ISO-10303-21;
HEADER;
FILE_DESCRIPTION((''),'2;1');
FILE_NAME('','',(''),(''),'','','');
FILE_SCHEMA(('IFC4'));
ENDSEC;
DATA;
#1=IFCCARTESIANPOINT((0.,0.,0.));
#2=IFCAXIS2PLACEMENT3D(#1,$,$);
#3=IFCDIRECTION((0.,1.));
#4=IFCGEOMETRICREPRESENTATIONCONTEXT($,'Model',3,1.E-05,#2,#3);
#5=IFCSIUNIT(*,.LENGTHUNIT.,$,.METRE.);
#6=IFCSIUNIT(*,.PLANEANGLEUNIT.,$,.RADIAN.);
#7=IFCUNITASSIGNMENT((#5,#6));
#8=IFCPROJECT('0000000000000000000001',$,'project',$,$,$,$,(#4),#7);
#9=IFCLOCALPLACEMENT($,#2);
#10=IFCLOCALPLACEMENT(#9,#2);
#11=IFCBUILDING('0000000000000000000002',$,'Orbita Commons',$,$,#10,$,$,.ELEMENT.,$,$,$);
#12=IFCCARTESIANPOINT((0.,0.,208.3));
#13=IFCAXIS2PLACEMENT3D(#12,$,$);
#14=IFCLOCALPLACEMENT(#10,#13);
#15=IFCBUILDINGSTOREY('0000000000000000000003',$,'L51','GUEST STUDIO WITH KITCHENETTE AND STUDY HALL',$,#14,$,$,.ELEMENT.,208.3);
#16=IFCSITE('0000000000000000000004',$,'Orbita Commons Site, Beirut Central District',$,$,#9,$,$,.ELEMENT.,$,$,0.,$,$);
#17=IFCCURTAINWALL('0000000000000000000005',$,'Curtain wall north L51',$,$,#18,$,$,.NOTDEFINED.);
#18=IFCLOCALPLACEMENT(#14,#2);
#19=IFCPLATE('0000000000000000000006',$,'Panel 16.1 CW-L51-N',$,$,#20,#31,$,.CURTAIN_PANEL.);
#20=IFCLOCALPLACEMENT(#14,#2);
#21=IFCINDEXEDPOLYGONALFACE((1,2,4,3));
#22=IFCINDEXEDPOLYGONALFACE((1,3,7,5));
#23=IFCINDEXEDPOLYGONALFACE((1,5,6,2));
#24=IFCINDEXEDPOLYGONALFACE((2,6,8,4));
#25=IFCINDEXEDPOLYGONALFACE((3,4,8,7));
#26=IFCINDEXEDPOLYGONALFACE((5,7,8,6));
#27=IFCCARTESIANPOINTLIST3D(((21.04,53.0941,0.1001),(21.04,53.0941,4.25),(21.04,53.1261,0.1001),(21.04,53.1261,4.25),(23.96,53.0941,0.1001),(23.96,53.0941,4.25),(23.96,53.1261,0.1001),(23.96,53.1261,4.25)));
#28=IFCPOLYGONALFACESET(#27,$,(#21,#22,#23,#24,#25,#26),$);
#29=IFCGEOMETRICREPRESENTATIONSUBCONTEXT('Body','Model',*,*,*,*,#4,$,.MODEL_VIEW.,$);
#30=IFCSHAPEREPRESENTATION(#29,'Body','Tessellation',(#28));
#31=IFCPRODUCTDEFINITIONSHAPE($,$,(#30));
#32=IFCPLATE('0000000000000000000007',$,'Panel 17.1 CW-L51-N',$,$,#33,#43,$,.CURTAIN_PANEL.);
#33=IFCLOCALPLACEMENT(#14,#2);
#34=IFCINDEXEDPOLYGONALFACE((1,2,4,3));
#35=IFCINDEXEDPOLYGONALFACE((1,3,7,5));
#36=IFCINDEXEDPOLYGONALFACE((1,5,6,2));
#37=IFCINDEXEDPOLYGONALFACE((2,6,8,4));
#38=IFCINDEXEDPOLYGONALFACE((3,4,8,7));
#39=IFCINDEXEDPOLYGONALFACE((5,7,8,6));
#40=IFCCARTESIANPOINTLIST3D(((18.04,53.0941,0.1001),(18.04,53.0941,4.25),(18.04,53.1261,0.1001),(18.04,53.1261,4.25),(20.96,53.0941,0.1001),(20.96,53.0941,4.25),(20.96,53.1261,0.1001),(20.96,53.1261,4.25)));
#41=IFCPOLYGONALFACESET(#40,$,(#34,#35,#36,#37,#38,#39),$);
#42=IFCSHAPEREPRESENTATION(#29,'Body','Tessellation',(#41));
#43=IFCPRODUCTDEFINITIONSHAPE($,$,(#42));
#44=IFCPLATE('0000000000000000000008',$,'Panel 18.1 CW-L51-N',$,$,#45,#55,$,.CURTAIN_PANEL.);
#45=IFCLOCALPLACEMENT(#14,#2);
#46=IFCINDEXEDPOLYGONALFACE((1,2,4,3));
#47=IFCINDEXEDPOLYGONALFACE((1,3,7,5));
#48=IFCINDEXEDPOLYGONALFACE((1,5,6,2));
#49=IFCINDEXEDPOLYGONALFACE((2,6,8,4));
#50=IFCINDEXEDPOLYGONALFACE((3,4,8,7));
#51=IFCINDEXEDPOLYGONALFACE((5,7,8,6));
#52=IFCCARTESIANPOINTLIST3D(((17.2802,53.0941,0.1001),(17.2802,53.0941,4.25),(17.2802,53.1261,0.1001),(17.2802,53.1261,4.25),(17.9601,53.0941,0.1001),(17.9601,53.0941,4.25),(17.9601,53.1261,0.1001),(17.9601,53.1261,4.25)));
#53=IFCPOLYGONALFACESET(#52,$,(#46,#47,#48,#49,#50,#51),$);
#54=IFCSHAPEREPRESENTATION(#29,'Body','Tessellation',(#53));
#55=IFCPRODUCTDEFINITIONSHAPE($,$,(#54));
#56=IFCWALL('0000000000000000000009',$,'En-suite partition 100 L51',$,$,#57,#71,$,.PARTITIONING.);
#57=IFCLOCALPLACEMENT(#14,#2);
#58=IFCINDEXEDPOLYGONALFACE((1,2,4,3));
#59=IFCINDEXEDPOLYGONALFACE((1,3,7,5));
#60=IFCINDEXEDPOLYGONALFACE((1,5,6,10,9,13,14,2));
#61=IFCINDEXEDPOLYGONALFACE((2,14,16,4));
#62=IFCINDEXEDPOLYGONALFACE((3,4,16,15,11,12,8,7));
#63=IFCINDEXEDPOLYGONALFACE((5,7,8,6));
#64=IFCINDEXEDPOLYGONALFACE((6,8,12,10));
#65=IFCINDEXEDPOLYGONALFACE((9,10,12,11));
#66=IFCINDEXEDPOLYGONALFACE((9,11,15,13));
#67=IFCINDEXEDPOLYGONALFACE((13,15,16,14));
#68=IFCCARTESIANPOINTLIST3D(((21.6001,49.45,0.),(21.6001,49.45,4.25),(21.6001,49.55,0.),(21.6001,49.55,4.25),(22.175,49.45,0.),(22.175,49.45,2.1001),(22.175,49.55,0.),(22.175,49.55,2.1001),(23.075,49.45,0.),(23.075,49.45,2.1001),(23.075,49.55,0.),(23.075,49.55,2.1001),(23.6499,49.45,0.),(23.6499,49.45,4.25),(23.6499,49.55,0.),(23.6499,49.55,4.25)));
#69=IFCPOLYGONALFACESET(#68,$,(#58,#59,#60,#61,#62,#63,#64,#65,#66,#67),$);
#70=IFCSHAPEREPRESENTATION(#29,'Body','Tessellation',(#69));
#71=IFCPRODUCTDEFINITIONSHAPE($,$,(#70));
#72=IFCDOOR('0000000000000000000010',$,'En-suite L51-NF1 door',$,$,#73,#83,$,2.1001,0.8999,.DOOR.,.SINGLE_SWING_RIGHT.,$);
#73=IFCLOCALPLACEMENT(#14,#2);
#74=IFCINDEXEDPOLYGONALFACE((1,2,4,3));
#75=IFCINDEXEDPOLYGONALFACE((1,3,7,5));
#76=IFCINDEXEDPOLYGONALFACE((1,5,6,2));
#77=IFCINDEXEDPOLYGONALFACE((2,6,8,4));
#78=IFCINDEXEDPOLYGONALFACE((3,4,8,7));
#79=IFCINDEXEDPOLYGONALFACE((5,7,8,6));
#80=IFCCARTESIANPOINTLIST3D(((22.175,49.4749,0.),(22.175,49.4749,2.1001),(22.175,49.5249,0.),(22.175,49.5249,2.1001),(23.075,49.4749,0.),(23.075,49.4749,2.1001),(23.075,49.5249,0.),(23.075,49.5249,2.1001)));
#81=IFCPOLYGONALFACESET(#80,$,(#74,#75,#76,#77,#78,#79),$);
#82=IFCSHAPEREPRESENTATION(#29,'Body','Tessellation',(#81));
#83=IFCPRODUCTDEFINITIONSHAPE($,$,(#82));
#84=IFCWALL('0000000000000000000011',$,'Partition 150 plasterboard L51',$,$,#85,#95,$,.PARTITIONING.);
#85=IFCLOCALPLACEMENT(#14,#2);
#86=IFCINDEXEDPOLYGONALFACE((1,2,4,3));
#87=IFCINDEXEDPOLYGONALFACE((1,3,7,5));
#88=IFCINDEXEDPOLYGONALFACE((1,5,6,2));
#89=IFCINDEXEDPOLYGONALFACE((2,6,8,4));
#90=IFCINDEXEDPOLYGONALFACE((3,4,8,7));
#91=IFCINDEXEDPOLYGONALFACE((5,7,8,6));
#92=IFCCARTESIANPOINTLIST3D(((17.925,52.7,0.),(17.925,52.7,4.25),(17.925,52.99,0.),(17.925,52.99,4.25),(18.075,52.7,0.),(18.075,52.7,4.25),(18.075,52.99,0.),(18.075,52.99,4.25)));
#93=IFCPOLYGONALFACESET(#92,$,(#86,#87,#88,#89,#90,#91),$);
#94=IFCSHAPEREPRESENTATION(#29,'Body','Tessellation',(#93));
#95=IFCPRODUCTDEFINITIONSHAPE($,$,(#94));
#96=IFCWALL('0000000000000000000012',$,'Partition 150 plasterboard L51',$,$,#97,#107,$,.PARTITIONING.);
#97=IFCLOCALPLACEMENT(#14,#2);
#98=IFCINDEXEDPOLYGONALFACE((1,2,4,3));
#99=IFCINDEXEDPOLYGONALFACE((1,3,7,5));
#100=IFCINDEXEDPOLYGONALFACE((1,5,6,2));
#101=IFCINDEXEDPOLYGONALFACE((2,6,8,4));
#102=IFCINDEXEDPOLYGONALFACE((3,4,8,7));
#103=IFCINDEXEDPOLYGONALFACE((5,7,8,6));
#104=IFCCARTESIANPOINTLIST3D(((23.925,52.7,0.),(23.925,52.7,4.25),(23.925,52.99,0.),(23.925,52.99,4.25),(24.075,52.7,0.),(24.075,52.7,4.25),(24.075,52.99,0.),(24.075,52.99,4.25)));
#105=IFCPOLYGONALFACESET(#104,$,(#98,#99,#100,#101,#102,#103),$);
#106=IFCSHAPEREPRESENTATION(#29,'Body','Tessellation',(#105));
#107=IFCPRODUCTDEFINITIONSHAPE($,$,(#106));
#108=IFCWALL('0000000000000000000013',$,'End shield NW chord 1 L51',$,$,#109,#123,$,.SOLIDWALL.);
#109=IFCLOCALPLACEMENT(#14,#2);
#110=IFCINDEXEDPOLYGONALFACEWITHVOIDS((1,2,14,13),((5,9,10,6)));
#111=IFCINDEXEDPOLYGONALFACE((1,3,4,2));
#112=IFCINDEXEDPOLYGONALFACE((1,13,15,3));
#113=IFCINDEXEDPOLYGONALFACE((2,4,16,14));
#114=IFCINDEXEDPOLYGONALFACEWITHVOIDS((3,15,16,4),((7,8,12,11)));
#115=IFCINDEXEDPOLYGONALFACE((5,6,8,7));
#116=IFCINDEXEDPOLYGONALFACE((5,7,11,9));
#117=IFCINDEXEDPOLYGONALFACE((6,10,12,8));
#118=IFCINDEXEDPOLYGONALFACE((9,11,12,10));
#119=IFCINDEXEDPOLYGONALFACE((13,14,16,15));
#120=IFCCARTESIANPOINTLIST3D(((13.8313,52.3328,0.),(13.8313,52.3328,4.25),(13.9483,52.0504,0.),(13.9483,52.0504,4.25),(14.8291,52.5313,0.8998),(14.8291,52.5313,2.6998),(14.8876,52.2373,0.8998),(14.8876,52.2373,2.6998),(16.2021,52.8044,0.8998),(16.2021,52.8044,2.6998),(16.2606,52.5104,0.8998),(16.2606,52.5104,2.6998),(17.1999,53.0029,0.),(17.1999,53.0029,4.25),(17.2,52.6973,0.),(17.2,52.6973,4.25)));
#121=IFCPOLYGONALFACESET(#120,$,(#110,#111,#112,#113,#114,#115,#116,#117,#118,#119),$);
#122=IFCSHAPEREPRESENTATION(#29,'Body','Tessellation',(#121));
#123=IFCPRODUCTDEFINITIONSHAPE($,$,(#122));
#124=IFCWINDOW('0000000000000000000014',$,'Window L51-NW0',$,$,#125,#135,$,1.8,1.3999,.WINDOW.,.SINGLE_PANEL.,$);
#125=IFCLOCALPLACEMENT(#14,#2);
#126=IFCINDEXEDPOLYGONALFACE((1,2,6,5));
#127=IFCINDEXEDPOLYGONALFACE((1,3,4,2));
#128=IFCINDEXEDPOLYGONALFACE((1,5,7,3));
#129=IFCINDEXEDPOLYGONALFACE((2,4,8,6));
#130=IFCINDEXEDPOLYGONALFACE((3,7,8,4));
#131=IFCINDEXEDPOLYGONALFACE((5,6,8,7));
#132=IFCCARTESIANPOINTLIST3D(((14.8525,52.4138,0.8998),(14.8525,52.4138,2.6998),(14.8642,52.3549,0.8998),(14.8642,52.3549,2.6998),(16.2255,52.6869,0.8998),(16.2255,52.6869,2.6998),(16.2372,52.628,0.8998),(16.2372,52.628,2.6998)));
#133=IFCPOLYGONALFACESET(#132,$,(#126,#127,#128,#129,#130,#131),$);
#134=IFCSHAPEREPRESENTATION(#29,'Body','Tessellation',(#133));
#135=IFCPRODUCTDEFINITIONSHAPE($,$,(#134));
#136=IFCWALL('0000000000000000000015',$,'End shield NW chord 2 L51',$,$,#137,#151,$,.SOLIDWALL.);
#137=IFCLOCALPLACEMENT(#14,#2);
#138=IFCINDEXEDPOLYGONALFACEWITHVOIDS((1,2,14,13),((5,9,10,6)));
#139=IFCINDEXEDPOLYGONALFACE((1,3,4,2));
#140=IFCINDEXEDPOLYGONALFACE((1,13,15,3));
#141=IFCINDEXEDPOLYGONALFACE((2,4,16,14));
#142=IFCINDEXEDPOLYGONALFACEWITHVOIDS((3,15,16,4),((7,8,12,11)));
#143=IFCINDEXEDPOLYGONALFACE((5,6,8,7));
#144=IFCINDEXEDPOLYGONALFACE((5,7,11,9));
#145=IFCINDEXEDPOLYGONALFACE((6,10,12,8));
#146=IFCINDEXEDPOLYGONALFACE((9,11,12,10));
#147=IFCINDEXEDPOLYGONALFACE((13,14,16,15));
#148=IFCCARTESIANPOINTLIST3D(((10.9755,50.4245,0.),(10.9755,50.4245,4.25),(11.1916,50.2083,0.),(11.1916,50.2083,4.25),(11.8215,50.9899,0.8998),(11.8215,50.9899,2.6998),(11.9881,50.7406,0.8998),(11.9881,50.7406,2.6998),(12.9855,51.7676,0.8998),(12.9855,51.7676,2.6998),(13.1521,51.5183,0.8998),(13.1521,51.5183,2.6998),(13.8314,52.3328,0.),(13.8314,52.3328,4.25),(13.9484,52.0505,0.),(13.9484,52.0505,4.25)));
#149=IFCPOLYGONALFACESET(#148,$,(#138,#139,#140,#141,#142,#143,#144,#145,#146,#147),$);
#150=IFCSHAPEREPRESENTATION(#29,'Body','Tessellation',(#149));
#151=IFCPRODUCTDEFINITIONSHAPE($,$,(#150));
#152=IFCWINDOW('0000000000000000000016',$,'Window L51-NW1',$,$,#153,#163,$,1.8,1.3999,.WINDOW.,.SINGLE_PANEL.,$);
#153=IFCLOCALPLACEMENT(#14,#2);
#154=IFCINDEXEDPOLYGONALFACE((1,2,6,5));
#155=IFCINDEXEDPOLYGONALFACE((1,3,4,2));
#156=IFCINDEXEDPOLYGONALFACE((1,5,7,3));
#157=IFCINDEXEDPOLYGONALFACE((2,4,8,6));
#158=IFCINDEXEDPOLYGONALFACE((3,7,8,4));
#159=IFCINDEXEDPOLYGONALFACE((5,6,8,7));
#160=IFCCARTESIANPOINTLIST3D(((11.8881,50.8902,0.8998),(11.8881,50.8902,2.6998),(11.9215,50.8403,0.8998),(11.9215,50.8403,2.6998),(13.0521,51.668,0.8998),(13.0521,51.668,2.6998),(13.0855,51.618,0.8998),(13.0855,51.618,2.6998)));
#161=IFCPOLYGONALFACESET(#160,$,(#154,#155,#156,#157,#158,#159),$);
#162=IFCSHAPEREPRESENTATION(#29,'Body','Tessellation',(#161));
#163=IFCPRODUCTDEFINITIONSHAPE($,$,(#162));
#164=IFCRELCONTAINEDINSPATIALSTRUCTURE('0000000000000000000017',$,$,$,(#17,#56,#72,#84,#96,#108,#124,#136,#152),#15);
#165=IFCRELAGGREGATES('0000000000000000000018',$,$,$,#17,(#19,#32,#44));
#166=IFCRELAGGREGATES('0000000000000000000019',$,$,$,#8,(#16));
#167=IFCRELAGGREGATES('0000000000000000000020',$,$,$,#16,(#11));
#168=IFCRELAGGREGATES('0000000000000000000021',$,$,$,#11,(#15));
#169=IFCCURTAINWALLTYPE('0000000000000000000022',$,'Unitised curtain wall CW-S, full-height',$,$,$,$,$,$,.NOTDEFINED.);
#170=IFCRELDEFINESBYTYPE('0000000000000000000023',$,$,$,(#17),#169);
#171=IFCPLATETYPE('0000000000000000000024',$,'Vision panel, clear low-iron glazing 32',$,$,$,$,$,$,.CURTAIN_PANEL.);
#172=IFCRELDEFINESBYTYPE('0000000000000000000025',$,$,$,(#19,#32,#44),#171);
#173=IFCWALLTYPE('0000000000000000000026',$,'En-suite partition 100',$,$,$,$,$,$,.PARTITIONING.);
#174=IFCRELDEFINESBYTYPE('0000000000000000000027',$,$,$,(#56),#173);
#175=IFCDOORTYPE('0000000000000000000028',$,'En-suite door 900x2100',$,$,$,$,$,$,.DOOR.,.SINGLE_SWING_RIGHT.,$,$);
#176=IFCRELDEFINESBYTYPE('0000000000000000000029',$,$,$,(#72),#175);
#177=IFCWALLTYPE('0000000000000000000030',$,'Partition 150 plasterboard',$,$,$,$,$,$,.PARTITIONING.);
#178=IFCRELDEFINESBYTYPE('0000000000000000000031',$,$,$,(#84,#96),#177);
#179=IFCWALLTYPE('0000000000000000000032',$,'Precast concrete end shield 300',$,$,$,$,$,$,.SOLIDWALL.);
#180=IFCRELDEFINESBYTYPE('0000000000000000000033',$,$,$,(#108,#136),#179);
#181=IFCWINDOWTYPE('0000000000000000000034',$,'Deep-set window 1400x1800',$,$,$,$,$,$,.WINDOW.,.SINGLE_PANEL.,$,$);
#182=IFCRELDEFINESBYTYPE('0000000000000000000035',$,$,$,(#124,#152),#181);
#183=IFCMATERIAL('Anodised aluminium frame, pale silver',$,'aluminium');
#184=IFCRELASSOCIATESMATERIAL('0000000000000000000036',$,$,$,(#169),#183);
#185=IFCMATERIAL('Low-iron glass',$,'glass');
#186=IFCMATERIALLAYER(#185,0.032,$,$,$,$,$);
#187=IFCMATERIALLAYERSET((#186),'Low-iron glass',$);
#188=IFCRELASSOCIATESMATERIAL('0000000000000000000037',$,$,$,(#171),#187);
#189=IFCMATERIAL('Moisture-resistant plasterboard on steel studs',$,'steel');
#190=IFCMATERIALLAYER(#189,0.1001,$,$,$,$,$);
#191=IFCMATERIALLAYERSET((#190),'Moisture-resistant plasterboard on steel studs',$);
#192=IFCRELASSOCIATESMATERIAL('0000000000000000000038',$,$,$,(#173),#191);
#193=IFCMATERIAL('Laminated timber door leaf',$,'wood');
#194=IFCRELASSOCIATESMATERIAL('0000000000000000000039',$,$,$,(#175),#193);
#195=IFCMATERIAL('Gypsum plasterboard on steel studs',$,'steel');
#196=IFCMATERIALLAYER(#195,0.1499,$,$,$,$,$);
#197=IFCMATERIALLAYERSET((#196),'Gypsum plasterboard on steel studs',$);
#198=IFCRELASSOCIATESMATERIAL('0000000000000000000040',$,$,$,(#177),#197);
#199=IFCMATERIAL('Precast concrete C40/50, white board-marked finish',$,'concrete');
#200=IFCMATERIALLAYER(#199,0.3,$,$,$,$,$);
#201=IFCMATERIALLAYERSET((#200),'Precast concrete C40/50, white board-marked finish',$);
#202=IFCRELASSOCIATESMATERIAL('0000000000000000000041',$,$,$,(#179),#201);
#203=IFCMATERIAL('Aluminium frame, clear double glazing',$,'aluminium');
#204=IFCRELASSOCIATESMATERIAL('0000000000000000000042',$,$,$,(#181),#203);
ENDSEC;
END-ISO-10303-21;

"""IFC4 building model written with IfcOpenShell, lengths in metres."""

from ifc_helpers import new_model, si_unit, direction, frame, frame_2d, origin, origin_2d, place, context, subcontext, project, spatial, polyline, rectangle, outline, extrude, material, layer, layer_set, type_object, element, fill, aggregate, save


model = new_model("IFC4")

# Units and contexts
model_context = context("Model", 3, precision=1e-05, world=origin(), true_north=direction((0.0, 1.0)))
body_context = subcontext(model_context, "Body", "Model", "MODEL_VIEW")
ifc_project = project(units=[si_unit("LENGTHUNIT", "METRE"), si_unit("PLANEANGLEUNIT", "RADIAN")], contexts=[model_context])

# Site, building, storey
site_placement = place(None, origin())
site = spatial("IfcSite", under=ifc_project, at=site_placement, Name="Orbita Commons Site, Beirut Central District", CompositionType="ELEMENT", RefElevation=0.0)
building_placement = place(site_placement, origin())
building = spatial("IfcBuilding", under=site, at=building_placement, Name="Orbita Commons", CompositionType="ELEMENT")
storey_placement = place(building_placement, frame((0.0, 0.0, 208.3)))
storey = spatial("IfcBuildingStorey", under=building, at=storey_placement, Name="L51", Description="GUEST STUDIO WITH KITCHENETTE AND STUDY HALL", CompositionType="ELEMENT", Elevation=208.3)

# Curtain wall
ifc_material_1 = material(Name="Anodised aluminium frame, pale silver", Category="aluminium")
curtain_wall_type = type_object("IfcCurtainWallType", Name="Unitised curtain wall CW-S, full-height", PredefinedType="NOTDEFINED", material=ifc_material_1)
curtain_wall_placement = place(storey_placement, origin())
curtain_wall = element("IfcCurtainWall", 1, at=curtain_wall_placement, inside=storey, type_object=curtain_wall_type, Name="Curtain wall north L51", PredefinedType="NOTDEFINED")

# Plates
ifc_material_2 = material(Name="Low-iron glass", Category="glass")
ifc_layer_1 = layer(ifc_material_2, 0.032)
ifc_layer_set_1 = layer_set([ifc_layer_1], Name="Low-iron glass")
plate_type = type_object("IfcPlateType", Name="Vision panel, clear low-iron glazing 32", PredefinedType="CURTAIN_PANEL", material=ifc_layer_set_1)
plate_1_placement = place(storey_placement, frame((22.5, 53.1101, 0.1001), z_axis=(0.0, 0.0, 1.0), x_axis=(-1.0, 0.0, 0.0)))
plate_1 = element("IfcPlate", 2, at=plate_1_placement, type_object=plate_type, Name="Panel 16.1 CW-L51-N", PredefinedType="CURTAIN_PANEL", context=body_context, shape_type="SweptSolid", body=[
    extrude(rectangle(XDim=2.9199, YDim=0.032, at=origin_2d()), origin(), (0.0, 0.0, 1.0), 4.1499),
])
plate_2_placement = place(storey_placement, frame((19.5, 53.1101, 0.1001), z_axis=(0.0, 0.0, 1.0), x_axis=(-1.0, 0.0, 0.0)))
plate_2 = element("IfcPlate", 3, at=plate_2_placement, type_object=plate_type, Name="Panel 17.1 CW-L51-N", PredefinedType="CURTAIN_PANEL", context=body_context, shape_type="SweptSolid", body=[
    extrude(rectangle(XDim=2.9199, YDim=0.032, at=origin_2d()), origin(), (0.0, 0.0, 1.0), 4.1499),
])
plate_3_placement = place(storey_placement, frame((17.6201, 53.1101, 0.1001), z_axis=(0.0, 0.0, 1.0), x_axis=(-1.0, 0.0, 0.0)))
plate_3 = element("IfcPlate", 4, at=plate_3_placement, type_object=plate_type, Name="Panel 18.1 CW-L51-N", PredefinedType="CURTAIN_PANEL", context=body_context, shape_type="SweptSolid", body=[
    extrude(rectangle(XDim=0.6799, YDim=0.032, at=origin_2d()), origin(), (0.0, 0.0, 1.0), 4.1499),
])
aggregate(curtain_wall, [plate_1, plate_2, plate_3])

# Wall, opening, door
ifc_material_3 = material(Name="Moisture-resistant plasterboard on steel studs", Category="steel")
ifc_layer_2 = layer(ifc_material_3, 0.1001)
ifc_layer_set_2 = layer_set([ifc_layer_2], Name="Moisture-resistant plasterboard on steel studs")
wall_type_1 = type_object("IfcWallType", Name="En-suite partition 100", PredefinedType="PARTITIONING", material=ifc_layer_set_2)
wall_1_placement = place(storey_placement, frame((21.6001, 49.5, 0.0), z_axis=(0.0, 0.0, 1.0), x_axis=(1.0, 0.0, 0.0)))
wall_1 = element("IfcWall", 5, at=wall_1_placement, inside=storey, type_object=wall_type_1, Name="En-suite partition 100 L51", PredefinedType="PARTITIONING", context=body_context, shape_type="SweptSolid", body=[
    extrude(rectangle(XDim=2.0498, YDim=0.1001, at=frame_2d((1.0249, 0.0))), origin(), (0.0, 0.0, 1.0), 4.25),
])
opening_1_placement = place(wall_1_placement, frame((0.575, 0.0, 0.0)))
opening_1 = element("IfcOpeningElement", 6, at=opening_1_placement, cuts=wall_1, PredefinedType="OPENING", context=body_context, shape_type="SweptSolid", body=[
    extrude(rectangle(XDim=0.8999, YDim=2.1001, at=frame_2d((0.45, 1.05))), frame((0.0, 0.0601, 0.0), z_axis=(0.0, -1.0, 0.0), x_axis=(1.0, 0.0, 0.0)), (0.0, 0.0, 1.0), 0.1201),
])
ifc_material_4 = material(Name="Laminated timber door leaf", Category="wood")
door_type = type_object("IfcDoorType", Name="En-suite door 900x2100", OperationType="SINGLE_SWING_RIGHT", PredefinedType="DOOR", material=ifc_material_4)
door_placement = place(opening_1_placement, origin())
door = element("IfcDoor", 7, at=door_placement, inside=storey, type_object=door_type, Name="En-suite L51-NF1 door", OperationType="SINGLE_SWING_RIGHT", OverallHeight=2.1001, OverallWidth=0.8999, PredefinedType="DOOR", context=body_context, shape_type="SweptSolid", body=[
    extrude(rectangle(XDim=0.8999, YDim=2.1001, at=frame_2d((0.45, 1.05))), frame((0.0, 0.0249, 0.0), z_axis=(0.0, -1.0, 0.0), x_axis=(1.0, 0.0, 0.0)), (0.0, 0.0, 1.0), 0.05),
])
fill(opening_1, door)

# Walls
ifc_material_5 = material(Name="Gypsum plasterboard on steel studs", Category="steel")
ifc_layer_3 = layer(ifc_material_5, 0.1499)
ifc_layer_set_3 = layer_set([ifc_layer_3], Name="Gypsum plasterboard on steel studs")
wall_type_2 = type_object("IfcWallType", Name="Partition 150 plasterboard", PredefinedType="PARTITIONING", material=ifc_layer_set_3)
for number, where, z_axis, x_axis, name in (
    (8, (18.0, 52.7, 0.0), (0.0, 0.0, 1.0), (0.0, 1.0, 0.0), "Partition 150 plasterboard L51"),
    (9, (24.0, 52.7, 0.0), (0.0, 0.0, 1.0), (0.0, 1.0, 0.0), "Partition 150 plasterboard L51"),
):
    element("IfcWall", number, at=place(storey_placement, frame(where, z_axis=z_axis, x_axis=x_axis)), inside=storey, type_object=wall_type_2, Name=name, PredefinedType="PARTITIONING", context=body_context, shape_type="SweptSolid", body=[
        extrude(rectangle(XDim=0.29, YDim=0.1499, at=frame_2d((0.145, 0.0))), origin(), (0.0, 0.0, 1.0), 4.25),
    ])

# Walls, openings, windows
ifc_material_6 = material(Name="Precast concrete C40/50, white board-marked finish", Category="concrete")
ifc_layer_4 = layer(ifc_material_6, 0.3)
ifc_layer_set_4 = layer_set([ifc_layer_4], Name="Precast concrete C40/50, white board-marked finish")
wall_type_3 = type_object("IfcWallType", Name="Precast concrete end shield 300", PredefinedType="SOLIDWALL", material=ifc_layer_set_4)
wall_2_placement = place(storey_placement, frame((17.2, 52.8501, 0.0), z_axis=(0.0, 0.0, 1.0), x_axis=(-0.980783, -0.1951, 0.0)))
wall_2 = element("IfcWall", 10, at=wall_2_placement, inside=storey, type_object=wall_type_3, Name="End shield NW chord 1 L51", PredefinedType="SOLIDWALL", context=body_context, shape_type="SweptSolid", body=[
    extrude(outline(polyline([(-0.0298, -0.1499), (3.4048, -0.1499), (3.3452, 0.1499), (0.0298, 0.1499), (-0.0298, -0.1499)])), origin(), (0.0, 0.0, 1.0), 4.25),
])
opening_2_placement = place(wall_2_placement, frame((0.9875, 0.0, 0.8999)))
opening_2 = element("IfcOpeningElement", 11, at=opening_2_placement, cuts=wall_2, PredefinedType="OPENING", context=body_context, shape_type="SweptSolid", body=[
    extrude(rectangle(XDim=1.3999, YDim=1.8, at=frame_2d((0.7, 0.8999))), frame((0.0, 0.1599, 0.0), z_axis=(0.0, -1.0, 0.0), x_axis=(1.0, 0.0, 0.0)), (0.0, 0.0, 1.0), 0.3201),
])
ifc_material_7 = material(Name="Aluminium frame, clear double glazing", Category="aluminium")
window_type = type_object("IfcWindowType", Name="Deep-set window 1400x1800", PartitioningType="SINGLE_PANEL", PredefinedType="WINDOW", material=ifc_material_7)
window_1_placement = place(opening_2_placement, origin())
window_1 = element("IfcWindow", 12, at=window_1_placement, inside=storey, type_object=window_type, Name="Window L51-NW0", OverallHeight=1.8, OverallWidth=1.3999, PartitioningType="SINGLE_PANEL", PredefinedType="WINDOW", context=body_context, shape_type="SweptSolid", body=[
    extrude(rectangle(XDim=1.3999, YDim=1.8, at=frame_2d((0.7, 0.8999))), frame((0.0, 0.03, 0.0), z_axis=(0.0, -1.0, 0.0), x_axis=(1.0, 0.0, 0.0)), (0.0, 0.0, 1.0), 0.0601),
])
fill(opening_2, window_1)
wall_3_placement = place(storey_placement, frame((13.8899, 52.1917, 0.0), z_axis=(0.0, 0.0, 1.0), x_axis=(-0.83146, -0.555585, 0.0)))
wall_3 = element("IfcWall", 13, at=wall_3_placement, inside=storey, type_object=wall_type_3, Name="End shield NW chord 2 L51", PredefinedType="SOLIDWALL", context=body_context, shape_type="SweptSolid", body=[
    extrude(outline(polyline([(-0.0298, -0.1499), (3.405, -0.1499), (3.3455, 0.1499), (0.0298, 0.1499), (-0.0298, -0.1499)])), origin(), (0.0, 0.0, 1.0), 4.25),
])
opening_3_placement = place(wall_3_placement, frame((0.9875, 0.0, 0.8999)))
opening_3 = element("IfcOpeningElement", 14, at=opening_3_placement, cuts=wall_3, PredefinedType="OPENING", context=body_context, shape_type="SweptSolid", body=[
    extrude(rectangle(XDim=1.3999, YDim=1.8, at=frame_2d((0.7, 0.8999))), frame((0.0, 0.1599, 0.0), z_axis=(0.0, -1.0, 0.0), x_axis=(1.0, 0.0, 0.0)), (0.0, 0.0, 1.0), 0.3201),
])
window_2_placement = place(opening_3_placement, origin())
window_2 = element("IfcWindow", 15, at=window_2_placement, inside=storey, type_object=window_type, Name="Window L51-NW1", OverallHeight=1.8, OverallWidth=1.3999, PartitioningType="SINGLE_PANEL", PredefinedType="WINDOW", context=body_context, shape_type="SweptSolid", body=[
    extrude(rectangle(XDim=1.3999, YDim=1.8, at=frame_2d((0.7, 0.8999))), frame((0.0, 0.03, 0.0), z_axis=(0.0, -1.0, 0.0), x_axis=(1.0, 0.0, 0.0)), (0.0, 0.0, 1.0), 0.0601),
])
fill(opening_3, window_2)

save(model, "model.ifc")
